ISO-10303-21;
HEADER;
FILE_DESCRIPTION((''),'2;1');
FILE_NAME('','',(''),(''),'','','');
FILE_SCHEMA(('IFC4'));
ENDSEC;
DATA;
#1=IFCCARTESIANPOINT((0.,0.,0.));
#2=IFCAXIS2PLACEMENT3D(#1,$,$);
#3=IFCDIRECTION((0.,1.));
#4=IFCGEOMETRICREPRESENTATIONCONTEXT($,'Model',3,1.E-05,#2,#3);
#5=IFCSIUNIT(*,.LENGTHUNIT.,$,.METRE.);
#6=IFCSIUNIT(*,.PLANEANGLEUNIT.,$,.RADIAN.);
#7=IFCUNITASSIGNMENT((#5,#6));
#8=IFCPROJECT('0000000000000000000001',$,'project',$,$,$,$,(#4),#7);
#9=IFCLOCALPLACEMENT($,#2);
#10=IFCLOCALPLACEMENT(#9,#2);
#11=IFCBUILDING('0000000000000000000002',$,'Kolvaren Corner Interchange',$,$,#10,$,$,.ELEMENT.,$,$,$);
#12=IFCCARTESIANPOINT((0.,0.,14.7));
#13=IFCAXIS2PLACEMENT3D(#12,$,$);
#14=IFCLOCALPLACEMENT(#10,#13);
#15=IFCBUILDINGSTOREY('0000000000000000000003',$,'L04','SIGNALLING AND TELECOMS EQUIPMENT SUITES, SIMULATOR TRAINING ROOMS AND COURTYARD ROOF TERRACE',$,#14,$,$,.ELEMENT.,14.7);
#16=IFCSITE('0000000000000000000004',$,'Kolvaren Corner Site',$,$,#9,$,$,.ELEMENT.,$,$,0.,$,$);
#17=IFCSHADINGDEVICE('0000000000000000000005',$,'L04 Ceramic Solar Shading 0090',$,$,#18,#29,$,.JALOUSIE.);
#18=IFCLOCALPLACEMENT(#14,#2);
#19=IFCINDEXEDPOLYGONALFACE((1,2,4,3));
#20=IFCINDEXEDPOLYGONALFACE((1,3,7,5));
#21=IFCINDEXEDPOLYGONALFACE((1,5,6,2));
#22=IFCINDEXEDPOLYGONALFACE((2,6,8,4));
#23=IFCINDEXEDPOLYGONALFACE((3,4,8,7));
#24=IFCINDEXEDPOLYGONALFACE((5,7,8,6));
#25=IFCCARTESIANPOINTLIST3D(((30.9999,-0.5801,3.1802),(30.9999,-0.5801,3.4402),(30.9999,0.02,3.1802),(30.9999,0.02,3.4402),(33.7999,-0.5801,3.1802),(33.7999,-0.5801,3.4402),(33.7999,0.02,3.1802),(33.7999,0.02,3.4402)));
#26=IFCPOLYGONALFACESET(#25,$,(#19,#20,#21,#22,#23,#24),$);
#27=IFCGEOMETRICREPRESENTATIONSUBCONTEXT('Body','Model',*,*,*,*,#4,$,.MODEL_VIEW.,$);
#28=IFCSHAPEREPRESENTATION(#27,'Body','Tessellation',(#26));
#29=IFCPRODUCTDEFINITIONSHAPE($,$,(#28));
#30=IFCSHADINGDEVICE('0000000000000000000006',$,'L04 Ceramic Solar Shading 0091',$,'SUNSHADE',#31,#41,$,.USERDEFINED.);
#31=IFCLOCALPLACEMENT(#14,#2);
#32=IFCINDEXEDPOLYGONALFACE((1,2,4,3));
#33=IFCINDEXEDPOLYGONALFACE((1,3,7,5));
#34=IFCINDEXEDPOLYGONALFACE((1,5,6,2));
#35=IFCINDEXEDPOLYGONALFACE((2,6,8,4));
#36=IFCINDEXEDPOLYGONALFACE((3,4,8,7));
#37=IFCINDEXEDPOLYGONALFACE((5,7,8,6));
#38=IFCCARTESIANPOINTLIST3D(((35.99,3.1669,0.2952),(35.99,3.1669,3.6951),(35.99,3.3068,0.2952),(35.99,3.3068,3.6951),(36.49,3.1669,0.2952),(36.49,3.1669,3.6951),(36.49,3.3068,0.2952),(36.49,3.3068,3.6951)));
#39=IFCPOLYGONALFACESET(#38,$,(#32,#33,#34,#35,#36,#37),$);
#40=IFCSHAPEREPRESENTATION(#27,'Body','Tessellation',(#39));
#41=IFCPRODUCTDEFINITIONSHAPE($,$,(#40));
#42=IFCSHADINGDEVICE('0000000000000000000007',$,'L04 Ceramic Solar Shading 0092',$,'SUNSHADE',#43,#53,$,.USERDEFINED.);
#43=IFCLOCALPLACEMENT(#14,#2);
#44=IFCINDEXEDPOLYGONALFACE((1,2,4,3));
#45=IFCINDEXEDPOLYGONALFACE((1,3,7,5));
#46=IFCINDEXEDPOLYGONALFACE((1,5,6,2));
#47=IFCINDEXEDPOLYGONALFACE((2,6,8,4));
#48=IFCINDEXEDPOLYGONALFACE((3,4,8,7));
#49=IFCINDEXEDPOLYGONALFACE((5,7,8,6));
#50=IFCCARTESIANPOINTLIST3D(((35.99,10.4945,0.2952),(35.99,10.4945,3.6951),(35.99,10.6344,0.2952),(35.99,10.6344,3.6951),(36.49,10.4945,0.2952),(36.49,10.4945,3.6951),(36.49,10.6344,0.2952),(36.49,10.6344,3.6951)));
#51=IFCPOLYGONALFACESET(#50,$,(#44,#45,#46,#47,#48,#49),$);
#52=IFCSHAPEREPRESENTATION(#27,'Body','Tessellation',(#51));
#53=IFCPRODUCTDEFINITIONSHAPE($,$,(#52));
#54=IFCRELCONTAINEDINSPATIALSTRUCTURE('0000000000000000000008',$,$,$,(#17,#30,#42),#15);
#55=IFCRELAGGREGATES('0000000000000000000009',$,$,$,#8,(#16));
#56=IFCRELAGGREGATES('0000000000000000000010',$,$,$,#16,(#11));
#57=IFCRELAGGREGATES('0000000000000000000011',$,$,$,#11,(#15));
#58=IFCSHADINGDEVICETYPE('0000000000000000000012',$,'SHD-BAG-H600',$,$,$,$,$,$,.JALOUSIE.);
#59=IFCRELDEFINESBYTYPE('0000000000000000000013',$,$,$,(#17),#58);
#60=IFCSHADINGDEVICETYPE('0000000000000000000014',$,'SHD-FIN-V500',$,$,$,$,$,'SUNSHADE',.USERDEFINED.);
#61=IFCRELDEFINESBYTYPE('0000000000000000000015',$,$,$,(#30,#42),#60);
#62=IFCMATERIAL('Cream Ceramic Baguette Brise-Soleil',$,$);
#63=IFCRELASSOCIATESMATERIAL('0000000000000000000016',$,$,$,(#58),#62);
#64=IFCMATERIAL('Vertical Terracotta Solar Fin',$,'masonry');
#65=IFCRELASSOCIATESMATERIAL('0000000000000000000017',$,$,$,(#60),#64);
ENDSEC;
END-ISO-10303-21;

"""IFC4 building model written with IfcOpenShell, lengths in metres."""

from ifc_helpers import new_model, si_unit, direction, frame, origin, origin_2d, place, context, subcontext, project, spatial, rectangle, extrude, material, type_object, element, save


model = new_model("IFC4")

# Units and contexts
model_context = context("Model", 3, precision=1e-05, world=origin(), true_north=direction((0.0, 1.0)))
body_context = subcontext(model_context, "Body", "Model", "MODEL_VIEW")
ifc_project = project(units=[si_unit("LENGTHUNIT", "METRE"), si_unit("PLANEANGLEUNIT", "RADIAN")], contexts=[model_context])

# Site, building, storey
site_placement = place(None, origin())
site = spatial("IfcSite", under=ifc_project, at=site_placement, Name="Kolvaren Corner Site", CompositionType="ELEMENT", RefElevation=0.0)
building_placement = place(site_placement, origin())
building = spatial("IfcBuilding", under=site, at=building_placement, Name="Kolvaren Corner Interchange", CompositionType="ELEMENT")
storey_placement = place(building_placement, frame((0.0, 0.0, 14.7)))
storey = spatial("IfcBuildingStorey", under=building, at=storey_placement, Name="L04", Description="SIGNALLING AND TELECOMS EQUIPMENT SUITES, SIMULATOR TRAINING ROOMS AND COURTYARD ROOF TERRACE", CompositionType="ELEMENT", Elevation=14.7)

# Shading devices
ifc_material_1 = material(Name="Cream Ceramic Baguette Brise-Soleil")
shading_device_type_1 = type_object("IfcShadingDeviceType", Name="SHD-BAG-H600", PredefinedType="JALOUSIE", material=ifc_material_1)
shading_device_1_placement = place(storey_placement, frame((32.3999, -0.28, 3.1802), z_axis=(0.0, 0.0, 1.0), x_axis=(1.0, 0.0, 0.0)))
element("IfcShadingDevice", 1, at=shading_device_1_placement, inside=storey, type_object=shading_device_type_1, Name="L04 Ceramic Solar Shading 0090", PredefinedType="JALOUSIE", context=body_context, shape_type="SweptSolid", body=[
    extrude(rectangle(XDim=2.8, YDim=0.6001, at=origin_2d()), origin(), (0.0, 0.0, 1.0), 0.26),
])
ifc_material_2 = material(Name="Vertical Terracotta Solar Fin", Category="masonry")
shading_device_type_2 = type_object("IfcShadingDeviceType", Name="SHD-FIN-V500", ElementType="SUNSHADE", PredefinedType="USERDEFINED", material=ifc_material_2)
for number, where, z_axis, x_axis, name in (
    (2, (36.24, 3.2368, 0.2952), (0.0, 0.0, 1.0), (0.0, 1.0, 0.0), "L04 Ceramic Solar Shading 0091"),
    (3, (36.24, 10.5645, 0.2952), (0.0, 0.0, 1.0), (0.0, 1.0, 0.0), "L04 Ceramic Solar Shading 0092"),
):
    element("IfcShadingDevice", number, at=place(storey_placement, frame(where, z_axis=z_axis, x_axis=x_axis)), inside=storey, type_object=shading_device_type_2, Name=name, ObjectType="SUNSHADE", PredefinedType="USERDEFINED", context=body_context, shape_type="SweptSolid", body=[
        extrude(rectangle(XDim=0.1399, YDim=0.5, at=origin_2d()), origin(), (0.0, 0.0, 1.0), 3.3999),
    ])

save(model, "model.ifc")
